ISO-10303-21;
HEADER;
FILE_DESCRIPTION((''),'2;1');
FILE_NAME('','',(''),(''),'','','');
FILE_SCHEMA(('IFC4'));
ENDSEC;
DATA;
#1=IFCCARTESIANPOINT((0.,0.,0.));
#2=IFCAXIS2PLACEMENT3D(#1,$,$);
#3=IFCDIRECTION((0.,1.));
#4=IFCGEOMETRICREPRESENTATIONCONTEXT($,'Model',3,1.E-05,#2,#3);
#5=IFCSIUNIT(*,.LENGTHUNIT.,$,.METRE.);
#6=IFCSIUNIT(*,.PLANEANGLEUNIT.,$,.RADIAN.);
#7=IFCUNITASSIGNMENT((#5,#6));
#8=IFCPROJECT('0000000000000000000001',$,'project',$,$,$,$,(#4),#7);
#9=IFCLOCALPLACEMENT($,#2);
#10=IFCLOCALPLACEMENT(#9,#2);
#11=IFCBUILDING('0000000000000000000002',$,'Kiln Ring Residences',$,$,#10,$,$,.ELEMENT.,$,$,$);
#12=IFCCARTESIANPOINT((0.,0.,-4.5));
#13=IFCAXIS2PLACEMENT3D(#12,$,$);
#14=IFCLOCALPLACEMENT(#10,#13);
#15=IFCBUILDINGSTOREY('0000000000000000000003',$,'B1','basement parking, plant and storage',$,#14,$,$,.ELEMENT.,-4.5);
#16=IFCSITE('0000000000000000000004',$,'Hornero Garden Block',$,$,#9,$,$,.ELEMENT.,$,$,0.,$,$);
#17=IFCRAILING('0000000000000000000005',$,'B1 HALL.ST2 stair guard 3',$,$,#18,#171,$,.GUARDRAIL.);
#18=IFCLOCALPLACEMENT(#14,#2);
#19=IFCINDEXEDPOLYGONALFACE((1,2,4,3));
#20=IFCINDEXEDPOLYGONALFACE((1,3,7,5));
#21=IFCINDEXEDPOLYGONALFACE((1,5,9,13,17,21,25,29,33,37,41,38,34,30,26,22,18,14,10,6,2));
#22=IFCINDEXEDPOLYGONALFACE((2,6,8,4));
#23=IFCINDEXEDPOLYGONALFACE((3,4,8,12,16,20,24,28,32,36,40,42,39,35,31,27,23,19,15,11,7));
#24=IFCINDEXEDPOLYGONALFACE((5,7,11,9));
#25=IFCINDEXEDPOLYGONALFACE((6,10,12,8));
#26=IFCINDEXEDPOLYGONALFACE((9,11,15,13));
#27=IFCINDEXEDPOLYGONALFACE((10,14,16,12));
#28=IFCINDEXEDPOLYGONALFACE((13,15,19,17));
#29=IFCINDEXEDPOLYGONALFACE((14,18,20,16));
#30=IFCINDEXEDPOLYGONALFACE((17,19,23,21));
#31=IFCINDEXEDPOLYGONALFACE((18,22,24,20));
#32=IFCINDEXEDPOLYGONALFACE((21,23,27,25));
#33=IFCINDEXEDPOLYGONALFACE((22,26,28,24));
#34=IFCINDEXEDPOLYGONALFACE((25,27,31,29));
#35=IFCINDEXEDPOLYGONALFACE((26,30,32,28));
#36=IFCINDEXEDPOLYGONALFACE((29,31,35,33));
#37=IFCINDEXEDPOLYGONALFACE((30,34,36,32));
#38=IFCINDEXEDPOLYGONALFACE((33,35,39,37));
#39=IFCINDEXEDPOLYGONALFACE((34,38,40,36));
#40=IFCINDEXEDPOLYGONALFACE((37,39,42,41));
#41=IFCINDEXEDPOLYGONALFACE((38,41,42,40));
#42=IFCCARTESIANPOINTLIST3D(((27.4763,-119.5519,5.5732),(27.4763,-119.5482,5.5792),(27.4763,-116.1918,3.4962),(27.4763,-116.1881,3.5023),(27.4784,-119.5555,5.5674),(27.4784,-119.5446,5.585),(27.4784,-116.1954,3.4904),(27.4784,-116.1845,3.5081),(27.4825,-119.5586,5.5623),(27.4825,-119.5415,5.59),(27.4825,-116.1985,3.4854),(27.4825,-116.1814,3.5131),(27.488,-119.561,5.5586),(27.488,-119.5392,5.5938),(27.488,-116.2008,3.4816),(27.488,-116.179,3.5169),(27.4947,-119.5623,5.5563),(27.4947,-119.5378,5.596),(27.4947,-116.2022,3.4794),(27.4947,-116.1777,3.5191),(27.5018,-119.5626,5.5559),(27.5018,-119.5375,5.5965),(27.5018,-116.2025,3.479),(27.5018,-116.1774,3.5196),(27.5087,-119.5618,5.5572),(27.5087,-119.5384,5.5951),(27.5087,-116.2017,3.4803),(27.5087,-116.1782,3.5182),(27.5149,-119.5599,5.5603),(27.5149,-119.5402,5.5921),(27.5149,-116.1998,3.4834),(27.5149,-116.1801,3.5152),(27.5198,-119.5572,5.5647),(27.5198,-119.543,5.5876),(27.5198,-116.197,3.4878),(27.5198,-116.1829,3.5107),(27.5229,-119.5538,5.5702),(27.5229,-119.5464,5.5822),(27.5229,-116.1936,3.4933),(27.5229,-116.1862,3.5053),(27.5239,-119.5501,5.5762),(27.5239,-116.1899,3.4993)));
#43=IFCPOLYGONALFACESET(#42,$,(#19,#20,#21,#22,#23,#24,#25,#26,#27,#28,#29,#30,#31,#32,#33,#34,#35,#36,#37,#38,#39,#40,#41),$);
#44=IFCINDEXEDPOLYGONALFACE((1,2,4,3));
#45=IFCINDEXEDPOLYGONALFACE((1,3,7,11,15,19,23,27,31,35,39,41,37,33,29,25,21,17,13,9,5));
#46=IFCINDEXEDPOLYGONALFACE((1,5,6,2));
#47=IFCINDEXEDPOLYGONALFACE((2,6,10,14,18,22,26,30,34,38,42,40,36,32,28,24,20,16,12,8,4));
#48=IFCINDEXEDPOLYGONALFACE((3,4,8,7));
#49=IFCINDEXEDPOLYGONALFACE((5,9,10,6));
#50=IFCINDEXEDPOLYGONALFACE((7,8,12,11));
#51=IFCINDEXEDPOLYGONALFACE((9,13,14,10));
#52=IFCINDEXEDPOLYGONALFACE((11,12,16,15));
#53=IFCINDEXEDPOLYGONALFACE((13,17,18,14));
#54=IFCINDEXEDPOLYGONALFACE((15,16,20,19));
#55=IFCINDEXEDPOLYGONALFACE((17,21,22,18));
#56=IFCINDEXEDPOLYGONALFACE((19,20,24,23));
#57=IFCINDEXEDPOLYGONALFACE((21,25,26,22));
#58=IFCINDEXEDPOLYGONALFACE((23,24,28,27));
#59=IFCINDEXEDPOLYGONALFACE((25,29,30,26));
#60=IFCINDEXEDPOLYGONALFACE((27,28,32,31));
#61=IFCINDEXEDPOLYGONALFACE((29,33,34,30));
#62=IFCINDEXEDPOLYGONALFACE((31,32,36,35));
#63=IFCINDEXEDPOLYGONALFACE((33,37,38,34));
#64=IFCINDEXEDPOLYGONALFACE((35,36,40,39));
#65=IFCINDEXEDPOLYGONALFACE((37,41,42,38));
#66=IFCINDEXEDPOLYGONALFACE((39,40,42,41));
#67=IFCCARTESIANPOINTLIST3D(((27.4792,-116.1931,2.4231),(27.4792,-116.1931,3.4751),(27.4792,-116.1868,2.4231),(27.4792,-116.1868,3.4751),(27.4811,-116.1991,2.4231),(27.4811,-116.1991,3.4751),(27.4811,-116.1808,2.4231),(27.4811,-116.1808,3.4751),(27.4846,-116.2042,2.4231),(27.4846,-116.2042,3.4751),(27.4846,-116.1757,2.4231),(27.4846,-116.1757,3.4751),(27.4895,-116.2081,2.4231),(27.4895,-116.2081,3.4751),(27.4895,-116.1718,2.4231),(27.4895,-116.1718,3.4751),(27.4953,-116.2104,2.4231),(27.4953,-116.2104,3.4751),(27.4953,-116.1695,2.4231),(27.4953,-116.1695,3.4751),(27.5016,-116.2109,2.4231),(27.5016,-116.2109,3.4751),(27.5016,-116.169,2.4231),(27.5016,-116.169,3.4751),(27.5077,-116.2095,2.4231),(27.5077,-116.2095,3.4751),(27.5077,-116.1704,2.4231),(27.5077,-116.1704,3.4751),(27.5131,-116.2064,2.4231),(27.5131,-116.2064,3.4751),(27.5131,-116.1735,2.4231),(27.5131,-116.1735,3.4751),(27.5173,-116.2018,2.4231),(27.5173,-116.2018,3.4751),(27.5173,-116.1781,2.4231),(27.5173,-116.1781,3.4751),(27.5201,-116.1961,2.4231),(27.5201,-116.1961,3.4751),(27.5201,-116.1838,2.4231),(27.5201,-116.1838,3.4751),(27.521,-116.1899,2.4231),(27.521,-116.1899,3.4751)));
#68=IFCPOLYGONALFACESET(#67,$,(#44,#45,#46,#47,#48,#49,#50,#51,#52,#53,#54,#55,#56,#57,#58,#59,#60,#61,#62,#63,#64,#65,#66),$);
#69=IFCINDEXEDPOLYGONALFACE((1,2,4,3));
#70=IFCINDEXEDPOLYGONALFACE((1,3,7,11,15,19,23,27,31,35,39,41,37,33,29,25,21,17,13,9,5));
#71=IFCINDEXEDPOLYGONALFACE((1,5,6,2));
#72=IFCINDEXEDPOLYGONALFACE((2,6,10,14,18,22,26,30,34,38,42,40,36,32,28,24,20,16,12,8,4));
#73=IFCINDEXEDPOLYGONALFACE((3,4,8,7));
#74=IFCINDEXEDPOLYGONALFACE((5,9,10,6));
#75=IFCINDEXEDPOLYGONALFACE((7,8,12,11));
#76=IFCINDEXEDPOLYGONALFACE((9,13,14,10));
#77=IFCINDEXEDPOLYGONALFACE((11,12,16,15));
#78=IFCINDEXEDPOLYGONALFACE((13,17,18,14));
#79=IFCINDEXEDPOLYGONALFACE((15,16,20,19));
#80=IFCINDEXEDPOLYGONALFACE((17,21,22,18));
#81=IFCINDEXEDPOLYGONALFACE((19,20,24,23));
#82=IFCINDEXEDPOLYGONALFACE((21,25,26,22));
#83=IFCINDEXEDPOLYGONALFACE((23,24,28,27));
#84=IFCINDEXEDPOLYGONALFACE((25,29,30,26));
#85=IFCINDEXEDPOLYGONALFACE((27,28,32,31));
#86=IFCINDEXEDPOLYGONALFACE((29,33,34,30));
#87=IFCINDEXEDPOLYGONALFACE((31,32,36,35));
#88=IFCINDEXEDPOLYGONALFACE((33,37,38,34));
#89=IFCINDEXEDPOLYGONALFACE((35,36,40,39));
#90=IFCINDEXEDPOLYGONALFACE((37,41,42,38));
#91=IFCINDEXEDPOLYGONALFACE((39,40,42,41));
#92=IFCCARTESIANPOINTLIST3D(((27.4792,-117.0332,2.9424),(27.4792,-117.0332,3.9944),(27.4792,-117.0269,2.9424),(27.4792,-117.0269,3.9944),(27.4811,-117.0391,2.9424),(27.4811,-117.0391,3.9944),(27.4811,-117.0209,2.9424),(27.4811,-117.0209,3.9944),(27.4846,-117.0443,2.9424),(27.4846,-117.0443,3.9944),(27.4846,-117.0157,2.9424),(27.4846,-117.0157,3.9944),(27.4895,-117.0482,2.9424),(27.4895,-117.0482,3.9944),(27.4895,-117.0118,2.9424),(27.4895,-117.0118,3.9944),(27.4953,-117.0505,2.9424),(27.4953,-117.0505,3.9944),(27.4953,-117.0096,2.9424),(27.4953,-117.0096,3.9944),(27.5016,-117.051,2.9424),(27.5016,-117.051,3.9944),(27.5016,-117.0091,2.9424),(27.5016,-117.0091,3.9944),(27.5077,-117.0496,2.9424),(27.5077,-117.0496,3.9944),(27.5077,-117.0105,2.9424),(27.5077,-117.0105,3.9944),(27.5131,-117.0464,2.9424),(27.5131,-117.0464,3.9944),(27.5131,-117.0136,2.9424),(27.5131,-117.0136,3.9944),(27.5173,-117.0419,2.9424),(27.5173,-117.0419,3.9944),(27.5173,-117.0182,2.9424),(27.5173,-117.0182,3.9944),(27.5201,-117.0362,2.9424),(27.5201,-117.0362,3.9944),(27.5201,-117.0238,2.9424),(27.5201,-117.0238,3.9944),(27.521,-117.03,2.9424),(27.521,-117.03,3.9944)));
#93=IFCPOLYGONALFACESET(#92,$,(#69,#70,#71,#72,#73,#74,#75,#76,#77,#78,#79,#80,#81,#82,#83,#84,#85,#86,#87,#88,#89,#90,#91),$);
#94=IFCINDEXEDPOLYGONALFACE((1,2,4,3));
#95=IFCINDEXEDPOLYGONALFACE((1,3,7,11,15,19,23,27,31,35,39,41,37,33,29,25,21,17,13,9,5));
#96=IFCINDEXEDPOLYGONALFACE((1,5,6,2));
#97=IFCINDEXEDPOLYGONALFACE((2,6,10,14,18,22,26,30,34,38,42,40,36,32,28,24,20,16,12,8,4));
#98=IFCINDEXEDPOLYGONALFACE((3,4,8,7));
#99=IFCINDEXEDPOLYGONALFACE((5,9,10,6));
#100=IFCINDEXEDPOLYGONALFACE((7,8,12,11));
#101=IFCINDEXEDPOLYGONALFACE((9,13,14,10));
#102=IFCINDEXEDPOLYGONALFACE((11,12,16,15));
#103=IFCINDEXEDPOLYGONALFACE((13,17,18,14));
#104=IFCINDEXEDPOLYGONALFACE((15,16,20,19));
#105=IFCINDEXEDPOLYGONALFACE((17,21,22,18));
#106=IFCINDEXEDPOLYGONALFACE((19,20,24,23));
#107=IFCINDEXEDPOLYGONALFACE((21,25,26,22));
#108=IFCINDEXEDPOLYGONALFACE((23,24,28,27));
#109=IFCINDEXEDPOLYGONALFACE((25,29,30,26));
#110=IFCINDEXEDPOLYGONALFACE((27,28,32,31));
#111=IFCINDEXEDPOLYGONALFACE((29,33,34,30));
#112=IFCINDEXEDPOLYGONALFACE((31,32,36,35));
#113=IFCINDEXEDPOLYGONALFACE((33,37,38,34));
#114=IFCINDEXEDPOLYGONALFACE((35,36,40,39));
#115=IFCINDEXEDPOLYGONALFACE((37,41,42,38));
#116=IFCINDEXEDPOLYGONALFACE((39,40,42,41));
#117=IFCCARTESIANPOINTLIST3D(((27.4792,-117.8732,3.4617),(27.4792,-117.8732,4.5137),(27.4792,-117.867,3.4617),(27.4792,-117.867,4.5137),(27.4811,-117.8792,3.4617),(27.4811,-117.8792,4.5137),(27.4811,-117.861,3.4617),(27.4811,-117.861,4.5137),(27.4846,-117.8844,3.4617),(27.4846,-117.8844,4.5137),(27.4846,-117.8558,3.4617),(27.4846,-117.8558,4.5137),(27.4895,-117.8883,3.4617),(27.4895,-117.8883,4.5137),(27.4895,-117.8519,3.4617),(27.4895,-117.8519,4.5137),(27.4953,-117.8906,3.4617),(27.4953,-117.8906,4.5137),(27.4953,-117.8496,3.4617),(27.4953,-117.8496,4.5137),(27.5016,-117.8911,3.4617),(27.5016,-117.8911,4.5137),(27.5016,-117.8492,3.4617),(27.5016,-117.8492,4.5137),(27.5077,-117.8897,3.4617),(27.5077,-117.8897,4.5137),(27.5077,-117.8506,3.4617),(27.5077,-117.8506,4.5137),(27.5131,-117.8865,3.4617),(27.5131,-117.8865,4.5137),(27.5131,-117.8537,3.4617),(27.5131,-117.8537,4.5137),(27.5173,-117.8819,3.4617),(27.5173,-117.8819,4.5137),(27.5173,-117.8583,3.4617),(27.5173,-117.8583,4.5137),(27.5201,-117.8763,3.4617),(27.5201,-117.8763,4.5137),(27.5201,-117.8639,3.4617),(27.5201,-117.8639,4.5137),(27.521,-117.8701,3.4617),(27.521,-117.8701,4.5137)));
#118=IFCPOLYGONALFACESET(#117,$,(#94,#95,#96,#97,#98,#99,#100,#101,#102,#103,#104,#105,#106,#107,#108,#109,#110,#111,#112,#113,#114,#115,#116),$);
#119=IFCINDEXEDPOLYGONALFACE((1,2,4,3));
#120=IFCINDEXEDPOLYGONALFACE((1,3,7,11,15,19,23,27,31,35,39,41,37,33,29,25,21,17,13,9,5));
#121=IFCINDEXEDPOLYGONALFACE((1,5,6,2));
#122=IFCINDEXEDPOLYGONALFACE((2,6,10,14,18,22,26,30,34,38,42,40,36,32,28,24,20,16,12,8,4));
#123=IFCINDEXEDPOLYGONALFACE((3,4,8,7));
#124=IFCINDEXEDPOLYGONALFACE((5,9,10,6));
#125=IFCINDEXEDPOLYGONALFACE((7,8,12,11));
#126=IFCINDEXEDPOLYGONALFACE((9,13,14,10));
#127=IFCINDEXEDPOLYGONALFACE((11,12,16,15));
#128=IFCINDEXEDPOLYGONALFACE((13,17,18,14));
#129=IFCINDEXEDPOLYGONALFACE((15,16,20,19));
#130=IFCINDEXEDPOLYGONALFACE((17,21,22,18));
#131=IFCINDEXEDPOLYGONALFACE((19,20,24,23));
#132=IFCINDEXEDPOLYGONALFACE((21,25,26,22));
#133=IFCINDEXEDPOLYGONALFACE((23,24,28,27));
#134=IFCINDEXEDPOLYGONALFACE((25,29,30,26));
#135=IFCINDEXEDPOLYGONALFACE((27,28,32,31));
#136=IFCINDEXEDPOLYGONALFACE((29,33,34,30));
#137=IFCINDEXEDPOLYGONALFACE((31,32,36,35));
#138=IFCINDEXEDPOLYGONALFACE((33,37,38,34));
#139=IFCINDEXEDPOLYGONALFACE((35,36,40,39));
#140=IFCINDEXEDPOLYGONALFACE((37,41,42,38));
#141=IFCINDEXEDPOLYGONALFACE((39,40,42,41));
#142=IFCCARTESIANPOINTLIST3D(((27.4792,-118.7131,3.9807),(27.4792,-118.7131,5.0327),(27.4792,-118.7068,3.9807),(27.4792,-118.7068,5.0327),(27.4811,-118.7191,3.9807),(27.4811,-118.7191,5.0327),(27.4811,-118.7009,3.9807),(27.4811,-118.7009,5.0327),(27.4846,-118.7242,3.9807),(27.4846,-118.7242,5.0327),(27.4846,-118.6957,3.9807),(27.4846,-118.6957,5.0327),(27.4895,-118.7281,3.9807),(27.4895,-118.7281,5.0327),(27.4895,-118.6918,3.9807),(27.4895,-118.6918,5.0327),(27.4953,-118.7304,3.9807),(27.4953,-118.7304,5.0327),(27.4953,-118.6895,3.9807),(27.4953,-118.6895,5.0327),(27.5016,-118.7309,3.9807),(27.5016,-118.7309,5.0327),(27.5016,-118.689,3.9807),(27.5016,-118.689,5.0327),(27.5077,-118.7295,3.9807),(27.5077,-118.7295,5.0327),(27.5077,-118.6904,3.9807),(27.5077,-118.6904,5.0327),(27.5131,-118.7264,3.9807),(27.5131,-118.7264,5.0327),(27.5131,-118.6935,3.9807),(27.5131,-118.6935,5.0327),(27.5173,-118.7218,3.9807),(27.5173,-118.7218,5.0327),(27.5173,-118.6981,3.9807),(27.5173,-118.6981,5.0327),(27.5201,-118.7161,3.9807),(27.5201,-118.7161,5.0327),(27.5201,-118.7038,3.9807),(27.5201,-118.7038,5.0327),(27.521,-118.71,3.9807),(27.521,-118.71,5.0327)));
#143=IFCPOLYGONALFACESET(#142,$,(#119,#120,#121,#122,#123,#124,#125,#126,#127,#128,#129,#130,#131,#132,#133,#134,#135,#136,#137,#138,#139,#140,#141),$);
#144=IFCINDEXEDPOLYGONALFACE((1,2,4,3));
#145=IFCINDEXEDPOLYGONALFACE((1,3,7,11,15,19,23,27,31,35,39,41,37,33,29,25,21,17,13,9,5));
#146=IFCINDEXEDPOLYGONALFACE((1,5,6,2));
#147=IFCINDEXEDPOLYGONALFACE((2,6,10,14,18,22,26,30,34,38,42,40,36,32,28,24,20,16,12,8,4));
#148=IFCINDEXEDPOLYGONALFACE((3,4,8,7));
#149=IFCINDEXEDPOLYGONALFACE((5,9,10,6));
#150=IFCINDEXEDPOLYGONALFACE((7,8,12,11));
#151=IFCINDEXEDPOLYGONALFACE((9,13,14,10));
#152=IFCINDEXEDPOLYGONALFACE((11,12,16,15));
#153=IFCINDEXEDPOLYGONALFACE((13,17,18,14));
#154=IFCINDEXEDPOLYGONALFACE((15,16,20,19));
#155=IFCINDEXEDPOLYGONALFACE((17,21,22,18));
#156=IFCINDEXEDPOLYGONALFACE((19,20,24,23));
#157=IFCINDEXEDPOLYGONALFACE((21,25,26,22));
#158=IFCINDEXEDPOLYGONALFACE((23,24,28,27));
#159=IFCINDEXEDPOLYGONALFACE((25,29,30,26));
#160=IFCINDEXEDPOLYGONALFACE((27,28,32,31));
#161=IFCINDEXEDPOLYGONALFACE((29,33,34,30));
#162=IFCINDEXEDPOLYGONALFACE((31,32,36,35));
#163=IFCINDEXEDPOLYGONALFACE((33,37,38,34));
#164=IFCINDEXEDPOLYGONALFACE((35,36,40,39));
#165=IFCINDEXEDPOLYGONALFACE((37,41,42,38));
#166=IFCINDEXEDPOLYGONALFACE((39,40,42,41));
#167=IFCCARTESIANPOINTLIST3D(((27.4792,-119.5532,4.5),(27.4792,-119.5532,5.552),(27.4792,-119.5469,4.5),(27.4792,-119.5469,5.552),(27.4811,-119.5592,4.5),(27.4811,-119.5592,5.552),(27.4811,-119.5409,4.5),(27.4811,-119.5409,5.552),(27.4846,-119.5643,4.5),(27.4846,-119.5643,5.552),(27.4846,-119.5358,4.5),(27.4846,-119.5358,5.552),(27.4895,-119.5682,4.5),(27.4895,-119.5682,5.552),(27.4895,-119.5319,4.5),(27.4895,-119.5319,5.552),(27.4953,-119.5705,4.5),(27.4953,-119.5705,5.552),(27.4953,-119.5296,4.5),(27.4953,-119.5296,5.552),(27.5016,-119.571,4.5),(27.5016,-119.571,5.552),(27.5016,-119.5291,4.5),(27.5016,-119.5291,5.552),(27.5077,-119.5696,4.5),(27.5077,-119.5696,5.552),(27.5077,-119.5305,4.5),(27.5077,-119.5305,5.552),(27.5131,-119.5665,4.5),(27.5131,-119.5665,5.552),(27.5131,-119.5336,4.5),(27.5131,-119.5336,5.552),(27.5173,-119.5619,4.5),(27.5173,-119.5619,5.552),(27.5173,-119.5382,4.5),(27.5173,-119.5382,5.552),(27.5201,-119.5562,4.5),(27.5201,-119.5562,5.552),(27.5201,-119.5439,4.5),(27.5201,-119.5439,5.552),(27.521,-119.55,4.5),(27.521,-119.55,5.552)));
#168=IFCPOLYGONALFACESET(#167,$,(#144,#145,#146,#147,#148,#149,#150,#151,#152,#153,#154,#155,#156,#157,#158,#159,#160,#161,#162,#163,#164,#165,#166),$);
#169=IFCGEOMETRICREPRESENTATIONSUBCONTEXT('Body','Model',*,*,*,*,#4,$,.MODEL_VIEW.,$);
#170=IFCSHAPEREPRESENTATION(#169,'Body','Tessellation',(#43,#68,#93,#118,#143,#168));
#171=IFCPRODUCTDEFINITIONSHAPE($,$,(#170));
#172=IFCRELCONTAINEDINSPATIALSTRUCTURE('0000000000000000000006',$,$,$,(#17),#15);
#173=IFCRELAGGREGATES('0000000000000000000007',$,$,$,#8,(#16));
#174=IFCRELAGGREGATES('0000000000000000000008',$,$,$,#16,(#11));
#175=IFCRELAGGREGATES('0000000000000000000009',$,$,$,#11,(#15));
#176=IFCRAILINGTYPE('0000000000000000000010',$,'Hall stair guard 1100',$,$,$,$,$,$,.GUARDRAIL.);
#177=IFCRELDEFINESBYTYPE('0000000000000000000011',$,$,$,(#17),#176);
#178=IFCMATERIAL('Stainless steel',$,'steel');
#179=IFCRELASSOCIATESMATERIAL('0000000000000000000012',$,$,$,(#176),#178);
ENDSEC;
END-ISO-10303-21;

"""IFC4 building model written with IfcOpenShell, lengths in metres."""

from ifc_helpers import new_model, si_unit, direction, frame, origin, origin_2d, place, context, subcontext, project, spatial, circle, extrude, material, type_object, element, save


model = new_model("IFC4")

# Units and contexts
model_context = context("Model", 3, precision=1e-05, world=origin(), true_north=direction((0.0, 1.0)))
body_context = subcontext(model_context, "Body", "Model", "MODEL_VIEW")
ifc_project = project(units=[si_unit("LENGTHUNIT", "METRE"), si_unit("PLANEANGLEUNIT", "RADIAN")], contexts=[model_context])

# Site, building, storey
site_placement = place(None, origin())
site = spatial("IfcSite", under=ifc_project, at=site_placement, Name="Hornero Garden Block", CompositionType="ELEMENT", RefElevation=0.0)
building_placement = place(site_placement, origin())
building = spatial("IfcBuilding", under=site, at=building_placement, Name="Kiln Ring Residences", CompositionType="ELEMENT")
storey_placement = place(building_placement, frame((0.0, 0.0, -4.5)))
storey = spatial("IfcBuildingStorey", under=building, at=storey_placement, Name="B1", Description="basement parking, plant and storage", CompositionType="ELEMENT", Elevation=-4.5)

# Railing
ifc_material_1 = material(Name="Stainless steel", Category="steel")
railing_type_1 = type_object("IfcRailingType", Name="Hall stair guard 1100", PredefinedType="GUARDRAIL", material=ifc_material_1)
railing_1_placement = place(storey_placement, frame((27.5, -116.1899, 2.4231)))
element("IfcRailing", 1, at=railing_1_placement, inside=storey, type_object=railing_type_1, Name="B1 HALL.ST2 stair guard 3", PredefinedType="GUARDRAIL", context=body_context, shape_type="SweptSolid", body=[
    extrude(circle(Radius=0.0239, at=origin_2d()), frame((0.0, 0.0, 1.0762), z_axis=(0.0, -0.850623, 0.525776), x_axis=(1.0, 0.0, 0.0)), (0.0, 0.0, 1.0), 3.9502),
    extrude(circle(Radius=0.021, at=origin_2d()), origin(), (0.0, 0.0, 1.0), 1.052),
    extrude(circle(Radius=0.021, at=origin_2d()), frame((0.0, -0.8401, 0.5193)), (0.0, 0.0, 1.0), 1.052),
    extrude(circle(Radius=0.021, at=origin_2d()), frame((0.0, -1.6802, 1.0386)), (0.0, 0.0, 1.0), 1.052),
    extrude(circle(Radius=0.021, at=origin_2d()), frame((0.0, -2.52, 1.5576)), (0.0, 0.0, 1.0), 1.052),
    extrude(circle(Radius=0.021, at=origin_2d()), frame((0.0, -3.3601, 2.0769)), (0.0, 0.0, 1.0), 1.052),
])

save(model, "model.ifc")
